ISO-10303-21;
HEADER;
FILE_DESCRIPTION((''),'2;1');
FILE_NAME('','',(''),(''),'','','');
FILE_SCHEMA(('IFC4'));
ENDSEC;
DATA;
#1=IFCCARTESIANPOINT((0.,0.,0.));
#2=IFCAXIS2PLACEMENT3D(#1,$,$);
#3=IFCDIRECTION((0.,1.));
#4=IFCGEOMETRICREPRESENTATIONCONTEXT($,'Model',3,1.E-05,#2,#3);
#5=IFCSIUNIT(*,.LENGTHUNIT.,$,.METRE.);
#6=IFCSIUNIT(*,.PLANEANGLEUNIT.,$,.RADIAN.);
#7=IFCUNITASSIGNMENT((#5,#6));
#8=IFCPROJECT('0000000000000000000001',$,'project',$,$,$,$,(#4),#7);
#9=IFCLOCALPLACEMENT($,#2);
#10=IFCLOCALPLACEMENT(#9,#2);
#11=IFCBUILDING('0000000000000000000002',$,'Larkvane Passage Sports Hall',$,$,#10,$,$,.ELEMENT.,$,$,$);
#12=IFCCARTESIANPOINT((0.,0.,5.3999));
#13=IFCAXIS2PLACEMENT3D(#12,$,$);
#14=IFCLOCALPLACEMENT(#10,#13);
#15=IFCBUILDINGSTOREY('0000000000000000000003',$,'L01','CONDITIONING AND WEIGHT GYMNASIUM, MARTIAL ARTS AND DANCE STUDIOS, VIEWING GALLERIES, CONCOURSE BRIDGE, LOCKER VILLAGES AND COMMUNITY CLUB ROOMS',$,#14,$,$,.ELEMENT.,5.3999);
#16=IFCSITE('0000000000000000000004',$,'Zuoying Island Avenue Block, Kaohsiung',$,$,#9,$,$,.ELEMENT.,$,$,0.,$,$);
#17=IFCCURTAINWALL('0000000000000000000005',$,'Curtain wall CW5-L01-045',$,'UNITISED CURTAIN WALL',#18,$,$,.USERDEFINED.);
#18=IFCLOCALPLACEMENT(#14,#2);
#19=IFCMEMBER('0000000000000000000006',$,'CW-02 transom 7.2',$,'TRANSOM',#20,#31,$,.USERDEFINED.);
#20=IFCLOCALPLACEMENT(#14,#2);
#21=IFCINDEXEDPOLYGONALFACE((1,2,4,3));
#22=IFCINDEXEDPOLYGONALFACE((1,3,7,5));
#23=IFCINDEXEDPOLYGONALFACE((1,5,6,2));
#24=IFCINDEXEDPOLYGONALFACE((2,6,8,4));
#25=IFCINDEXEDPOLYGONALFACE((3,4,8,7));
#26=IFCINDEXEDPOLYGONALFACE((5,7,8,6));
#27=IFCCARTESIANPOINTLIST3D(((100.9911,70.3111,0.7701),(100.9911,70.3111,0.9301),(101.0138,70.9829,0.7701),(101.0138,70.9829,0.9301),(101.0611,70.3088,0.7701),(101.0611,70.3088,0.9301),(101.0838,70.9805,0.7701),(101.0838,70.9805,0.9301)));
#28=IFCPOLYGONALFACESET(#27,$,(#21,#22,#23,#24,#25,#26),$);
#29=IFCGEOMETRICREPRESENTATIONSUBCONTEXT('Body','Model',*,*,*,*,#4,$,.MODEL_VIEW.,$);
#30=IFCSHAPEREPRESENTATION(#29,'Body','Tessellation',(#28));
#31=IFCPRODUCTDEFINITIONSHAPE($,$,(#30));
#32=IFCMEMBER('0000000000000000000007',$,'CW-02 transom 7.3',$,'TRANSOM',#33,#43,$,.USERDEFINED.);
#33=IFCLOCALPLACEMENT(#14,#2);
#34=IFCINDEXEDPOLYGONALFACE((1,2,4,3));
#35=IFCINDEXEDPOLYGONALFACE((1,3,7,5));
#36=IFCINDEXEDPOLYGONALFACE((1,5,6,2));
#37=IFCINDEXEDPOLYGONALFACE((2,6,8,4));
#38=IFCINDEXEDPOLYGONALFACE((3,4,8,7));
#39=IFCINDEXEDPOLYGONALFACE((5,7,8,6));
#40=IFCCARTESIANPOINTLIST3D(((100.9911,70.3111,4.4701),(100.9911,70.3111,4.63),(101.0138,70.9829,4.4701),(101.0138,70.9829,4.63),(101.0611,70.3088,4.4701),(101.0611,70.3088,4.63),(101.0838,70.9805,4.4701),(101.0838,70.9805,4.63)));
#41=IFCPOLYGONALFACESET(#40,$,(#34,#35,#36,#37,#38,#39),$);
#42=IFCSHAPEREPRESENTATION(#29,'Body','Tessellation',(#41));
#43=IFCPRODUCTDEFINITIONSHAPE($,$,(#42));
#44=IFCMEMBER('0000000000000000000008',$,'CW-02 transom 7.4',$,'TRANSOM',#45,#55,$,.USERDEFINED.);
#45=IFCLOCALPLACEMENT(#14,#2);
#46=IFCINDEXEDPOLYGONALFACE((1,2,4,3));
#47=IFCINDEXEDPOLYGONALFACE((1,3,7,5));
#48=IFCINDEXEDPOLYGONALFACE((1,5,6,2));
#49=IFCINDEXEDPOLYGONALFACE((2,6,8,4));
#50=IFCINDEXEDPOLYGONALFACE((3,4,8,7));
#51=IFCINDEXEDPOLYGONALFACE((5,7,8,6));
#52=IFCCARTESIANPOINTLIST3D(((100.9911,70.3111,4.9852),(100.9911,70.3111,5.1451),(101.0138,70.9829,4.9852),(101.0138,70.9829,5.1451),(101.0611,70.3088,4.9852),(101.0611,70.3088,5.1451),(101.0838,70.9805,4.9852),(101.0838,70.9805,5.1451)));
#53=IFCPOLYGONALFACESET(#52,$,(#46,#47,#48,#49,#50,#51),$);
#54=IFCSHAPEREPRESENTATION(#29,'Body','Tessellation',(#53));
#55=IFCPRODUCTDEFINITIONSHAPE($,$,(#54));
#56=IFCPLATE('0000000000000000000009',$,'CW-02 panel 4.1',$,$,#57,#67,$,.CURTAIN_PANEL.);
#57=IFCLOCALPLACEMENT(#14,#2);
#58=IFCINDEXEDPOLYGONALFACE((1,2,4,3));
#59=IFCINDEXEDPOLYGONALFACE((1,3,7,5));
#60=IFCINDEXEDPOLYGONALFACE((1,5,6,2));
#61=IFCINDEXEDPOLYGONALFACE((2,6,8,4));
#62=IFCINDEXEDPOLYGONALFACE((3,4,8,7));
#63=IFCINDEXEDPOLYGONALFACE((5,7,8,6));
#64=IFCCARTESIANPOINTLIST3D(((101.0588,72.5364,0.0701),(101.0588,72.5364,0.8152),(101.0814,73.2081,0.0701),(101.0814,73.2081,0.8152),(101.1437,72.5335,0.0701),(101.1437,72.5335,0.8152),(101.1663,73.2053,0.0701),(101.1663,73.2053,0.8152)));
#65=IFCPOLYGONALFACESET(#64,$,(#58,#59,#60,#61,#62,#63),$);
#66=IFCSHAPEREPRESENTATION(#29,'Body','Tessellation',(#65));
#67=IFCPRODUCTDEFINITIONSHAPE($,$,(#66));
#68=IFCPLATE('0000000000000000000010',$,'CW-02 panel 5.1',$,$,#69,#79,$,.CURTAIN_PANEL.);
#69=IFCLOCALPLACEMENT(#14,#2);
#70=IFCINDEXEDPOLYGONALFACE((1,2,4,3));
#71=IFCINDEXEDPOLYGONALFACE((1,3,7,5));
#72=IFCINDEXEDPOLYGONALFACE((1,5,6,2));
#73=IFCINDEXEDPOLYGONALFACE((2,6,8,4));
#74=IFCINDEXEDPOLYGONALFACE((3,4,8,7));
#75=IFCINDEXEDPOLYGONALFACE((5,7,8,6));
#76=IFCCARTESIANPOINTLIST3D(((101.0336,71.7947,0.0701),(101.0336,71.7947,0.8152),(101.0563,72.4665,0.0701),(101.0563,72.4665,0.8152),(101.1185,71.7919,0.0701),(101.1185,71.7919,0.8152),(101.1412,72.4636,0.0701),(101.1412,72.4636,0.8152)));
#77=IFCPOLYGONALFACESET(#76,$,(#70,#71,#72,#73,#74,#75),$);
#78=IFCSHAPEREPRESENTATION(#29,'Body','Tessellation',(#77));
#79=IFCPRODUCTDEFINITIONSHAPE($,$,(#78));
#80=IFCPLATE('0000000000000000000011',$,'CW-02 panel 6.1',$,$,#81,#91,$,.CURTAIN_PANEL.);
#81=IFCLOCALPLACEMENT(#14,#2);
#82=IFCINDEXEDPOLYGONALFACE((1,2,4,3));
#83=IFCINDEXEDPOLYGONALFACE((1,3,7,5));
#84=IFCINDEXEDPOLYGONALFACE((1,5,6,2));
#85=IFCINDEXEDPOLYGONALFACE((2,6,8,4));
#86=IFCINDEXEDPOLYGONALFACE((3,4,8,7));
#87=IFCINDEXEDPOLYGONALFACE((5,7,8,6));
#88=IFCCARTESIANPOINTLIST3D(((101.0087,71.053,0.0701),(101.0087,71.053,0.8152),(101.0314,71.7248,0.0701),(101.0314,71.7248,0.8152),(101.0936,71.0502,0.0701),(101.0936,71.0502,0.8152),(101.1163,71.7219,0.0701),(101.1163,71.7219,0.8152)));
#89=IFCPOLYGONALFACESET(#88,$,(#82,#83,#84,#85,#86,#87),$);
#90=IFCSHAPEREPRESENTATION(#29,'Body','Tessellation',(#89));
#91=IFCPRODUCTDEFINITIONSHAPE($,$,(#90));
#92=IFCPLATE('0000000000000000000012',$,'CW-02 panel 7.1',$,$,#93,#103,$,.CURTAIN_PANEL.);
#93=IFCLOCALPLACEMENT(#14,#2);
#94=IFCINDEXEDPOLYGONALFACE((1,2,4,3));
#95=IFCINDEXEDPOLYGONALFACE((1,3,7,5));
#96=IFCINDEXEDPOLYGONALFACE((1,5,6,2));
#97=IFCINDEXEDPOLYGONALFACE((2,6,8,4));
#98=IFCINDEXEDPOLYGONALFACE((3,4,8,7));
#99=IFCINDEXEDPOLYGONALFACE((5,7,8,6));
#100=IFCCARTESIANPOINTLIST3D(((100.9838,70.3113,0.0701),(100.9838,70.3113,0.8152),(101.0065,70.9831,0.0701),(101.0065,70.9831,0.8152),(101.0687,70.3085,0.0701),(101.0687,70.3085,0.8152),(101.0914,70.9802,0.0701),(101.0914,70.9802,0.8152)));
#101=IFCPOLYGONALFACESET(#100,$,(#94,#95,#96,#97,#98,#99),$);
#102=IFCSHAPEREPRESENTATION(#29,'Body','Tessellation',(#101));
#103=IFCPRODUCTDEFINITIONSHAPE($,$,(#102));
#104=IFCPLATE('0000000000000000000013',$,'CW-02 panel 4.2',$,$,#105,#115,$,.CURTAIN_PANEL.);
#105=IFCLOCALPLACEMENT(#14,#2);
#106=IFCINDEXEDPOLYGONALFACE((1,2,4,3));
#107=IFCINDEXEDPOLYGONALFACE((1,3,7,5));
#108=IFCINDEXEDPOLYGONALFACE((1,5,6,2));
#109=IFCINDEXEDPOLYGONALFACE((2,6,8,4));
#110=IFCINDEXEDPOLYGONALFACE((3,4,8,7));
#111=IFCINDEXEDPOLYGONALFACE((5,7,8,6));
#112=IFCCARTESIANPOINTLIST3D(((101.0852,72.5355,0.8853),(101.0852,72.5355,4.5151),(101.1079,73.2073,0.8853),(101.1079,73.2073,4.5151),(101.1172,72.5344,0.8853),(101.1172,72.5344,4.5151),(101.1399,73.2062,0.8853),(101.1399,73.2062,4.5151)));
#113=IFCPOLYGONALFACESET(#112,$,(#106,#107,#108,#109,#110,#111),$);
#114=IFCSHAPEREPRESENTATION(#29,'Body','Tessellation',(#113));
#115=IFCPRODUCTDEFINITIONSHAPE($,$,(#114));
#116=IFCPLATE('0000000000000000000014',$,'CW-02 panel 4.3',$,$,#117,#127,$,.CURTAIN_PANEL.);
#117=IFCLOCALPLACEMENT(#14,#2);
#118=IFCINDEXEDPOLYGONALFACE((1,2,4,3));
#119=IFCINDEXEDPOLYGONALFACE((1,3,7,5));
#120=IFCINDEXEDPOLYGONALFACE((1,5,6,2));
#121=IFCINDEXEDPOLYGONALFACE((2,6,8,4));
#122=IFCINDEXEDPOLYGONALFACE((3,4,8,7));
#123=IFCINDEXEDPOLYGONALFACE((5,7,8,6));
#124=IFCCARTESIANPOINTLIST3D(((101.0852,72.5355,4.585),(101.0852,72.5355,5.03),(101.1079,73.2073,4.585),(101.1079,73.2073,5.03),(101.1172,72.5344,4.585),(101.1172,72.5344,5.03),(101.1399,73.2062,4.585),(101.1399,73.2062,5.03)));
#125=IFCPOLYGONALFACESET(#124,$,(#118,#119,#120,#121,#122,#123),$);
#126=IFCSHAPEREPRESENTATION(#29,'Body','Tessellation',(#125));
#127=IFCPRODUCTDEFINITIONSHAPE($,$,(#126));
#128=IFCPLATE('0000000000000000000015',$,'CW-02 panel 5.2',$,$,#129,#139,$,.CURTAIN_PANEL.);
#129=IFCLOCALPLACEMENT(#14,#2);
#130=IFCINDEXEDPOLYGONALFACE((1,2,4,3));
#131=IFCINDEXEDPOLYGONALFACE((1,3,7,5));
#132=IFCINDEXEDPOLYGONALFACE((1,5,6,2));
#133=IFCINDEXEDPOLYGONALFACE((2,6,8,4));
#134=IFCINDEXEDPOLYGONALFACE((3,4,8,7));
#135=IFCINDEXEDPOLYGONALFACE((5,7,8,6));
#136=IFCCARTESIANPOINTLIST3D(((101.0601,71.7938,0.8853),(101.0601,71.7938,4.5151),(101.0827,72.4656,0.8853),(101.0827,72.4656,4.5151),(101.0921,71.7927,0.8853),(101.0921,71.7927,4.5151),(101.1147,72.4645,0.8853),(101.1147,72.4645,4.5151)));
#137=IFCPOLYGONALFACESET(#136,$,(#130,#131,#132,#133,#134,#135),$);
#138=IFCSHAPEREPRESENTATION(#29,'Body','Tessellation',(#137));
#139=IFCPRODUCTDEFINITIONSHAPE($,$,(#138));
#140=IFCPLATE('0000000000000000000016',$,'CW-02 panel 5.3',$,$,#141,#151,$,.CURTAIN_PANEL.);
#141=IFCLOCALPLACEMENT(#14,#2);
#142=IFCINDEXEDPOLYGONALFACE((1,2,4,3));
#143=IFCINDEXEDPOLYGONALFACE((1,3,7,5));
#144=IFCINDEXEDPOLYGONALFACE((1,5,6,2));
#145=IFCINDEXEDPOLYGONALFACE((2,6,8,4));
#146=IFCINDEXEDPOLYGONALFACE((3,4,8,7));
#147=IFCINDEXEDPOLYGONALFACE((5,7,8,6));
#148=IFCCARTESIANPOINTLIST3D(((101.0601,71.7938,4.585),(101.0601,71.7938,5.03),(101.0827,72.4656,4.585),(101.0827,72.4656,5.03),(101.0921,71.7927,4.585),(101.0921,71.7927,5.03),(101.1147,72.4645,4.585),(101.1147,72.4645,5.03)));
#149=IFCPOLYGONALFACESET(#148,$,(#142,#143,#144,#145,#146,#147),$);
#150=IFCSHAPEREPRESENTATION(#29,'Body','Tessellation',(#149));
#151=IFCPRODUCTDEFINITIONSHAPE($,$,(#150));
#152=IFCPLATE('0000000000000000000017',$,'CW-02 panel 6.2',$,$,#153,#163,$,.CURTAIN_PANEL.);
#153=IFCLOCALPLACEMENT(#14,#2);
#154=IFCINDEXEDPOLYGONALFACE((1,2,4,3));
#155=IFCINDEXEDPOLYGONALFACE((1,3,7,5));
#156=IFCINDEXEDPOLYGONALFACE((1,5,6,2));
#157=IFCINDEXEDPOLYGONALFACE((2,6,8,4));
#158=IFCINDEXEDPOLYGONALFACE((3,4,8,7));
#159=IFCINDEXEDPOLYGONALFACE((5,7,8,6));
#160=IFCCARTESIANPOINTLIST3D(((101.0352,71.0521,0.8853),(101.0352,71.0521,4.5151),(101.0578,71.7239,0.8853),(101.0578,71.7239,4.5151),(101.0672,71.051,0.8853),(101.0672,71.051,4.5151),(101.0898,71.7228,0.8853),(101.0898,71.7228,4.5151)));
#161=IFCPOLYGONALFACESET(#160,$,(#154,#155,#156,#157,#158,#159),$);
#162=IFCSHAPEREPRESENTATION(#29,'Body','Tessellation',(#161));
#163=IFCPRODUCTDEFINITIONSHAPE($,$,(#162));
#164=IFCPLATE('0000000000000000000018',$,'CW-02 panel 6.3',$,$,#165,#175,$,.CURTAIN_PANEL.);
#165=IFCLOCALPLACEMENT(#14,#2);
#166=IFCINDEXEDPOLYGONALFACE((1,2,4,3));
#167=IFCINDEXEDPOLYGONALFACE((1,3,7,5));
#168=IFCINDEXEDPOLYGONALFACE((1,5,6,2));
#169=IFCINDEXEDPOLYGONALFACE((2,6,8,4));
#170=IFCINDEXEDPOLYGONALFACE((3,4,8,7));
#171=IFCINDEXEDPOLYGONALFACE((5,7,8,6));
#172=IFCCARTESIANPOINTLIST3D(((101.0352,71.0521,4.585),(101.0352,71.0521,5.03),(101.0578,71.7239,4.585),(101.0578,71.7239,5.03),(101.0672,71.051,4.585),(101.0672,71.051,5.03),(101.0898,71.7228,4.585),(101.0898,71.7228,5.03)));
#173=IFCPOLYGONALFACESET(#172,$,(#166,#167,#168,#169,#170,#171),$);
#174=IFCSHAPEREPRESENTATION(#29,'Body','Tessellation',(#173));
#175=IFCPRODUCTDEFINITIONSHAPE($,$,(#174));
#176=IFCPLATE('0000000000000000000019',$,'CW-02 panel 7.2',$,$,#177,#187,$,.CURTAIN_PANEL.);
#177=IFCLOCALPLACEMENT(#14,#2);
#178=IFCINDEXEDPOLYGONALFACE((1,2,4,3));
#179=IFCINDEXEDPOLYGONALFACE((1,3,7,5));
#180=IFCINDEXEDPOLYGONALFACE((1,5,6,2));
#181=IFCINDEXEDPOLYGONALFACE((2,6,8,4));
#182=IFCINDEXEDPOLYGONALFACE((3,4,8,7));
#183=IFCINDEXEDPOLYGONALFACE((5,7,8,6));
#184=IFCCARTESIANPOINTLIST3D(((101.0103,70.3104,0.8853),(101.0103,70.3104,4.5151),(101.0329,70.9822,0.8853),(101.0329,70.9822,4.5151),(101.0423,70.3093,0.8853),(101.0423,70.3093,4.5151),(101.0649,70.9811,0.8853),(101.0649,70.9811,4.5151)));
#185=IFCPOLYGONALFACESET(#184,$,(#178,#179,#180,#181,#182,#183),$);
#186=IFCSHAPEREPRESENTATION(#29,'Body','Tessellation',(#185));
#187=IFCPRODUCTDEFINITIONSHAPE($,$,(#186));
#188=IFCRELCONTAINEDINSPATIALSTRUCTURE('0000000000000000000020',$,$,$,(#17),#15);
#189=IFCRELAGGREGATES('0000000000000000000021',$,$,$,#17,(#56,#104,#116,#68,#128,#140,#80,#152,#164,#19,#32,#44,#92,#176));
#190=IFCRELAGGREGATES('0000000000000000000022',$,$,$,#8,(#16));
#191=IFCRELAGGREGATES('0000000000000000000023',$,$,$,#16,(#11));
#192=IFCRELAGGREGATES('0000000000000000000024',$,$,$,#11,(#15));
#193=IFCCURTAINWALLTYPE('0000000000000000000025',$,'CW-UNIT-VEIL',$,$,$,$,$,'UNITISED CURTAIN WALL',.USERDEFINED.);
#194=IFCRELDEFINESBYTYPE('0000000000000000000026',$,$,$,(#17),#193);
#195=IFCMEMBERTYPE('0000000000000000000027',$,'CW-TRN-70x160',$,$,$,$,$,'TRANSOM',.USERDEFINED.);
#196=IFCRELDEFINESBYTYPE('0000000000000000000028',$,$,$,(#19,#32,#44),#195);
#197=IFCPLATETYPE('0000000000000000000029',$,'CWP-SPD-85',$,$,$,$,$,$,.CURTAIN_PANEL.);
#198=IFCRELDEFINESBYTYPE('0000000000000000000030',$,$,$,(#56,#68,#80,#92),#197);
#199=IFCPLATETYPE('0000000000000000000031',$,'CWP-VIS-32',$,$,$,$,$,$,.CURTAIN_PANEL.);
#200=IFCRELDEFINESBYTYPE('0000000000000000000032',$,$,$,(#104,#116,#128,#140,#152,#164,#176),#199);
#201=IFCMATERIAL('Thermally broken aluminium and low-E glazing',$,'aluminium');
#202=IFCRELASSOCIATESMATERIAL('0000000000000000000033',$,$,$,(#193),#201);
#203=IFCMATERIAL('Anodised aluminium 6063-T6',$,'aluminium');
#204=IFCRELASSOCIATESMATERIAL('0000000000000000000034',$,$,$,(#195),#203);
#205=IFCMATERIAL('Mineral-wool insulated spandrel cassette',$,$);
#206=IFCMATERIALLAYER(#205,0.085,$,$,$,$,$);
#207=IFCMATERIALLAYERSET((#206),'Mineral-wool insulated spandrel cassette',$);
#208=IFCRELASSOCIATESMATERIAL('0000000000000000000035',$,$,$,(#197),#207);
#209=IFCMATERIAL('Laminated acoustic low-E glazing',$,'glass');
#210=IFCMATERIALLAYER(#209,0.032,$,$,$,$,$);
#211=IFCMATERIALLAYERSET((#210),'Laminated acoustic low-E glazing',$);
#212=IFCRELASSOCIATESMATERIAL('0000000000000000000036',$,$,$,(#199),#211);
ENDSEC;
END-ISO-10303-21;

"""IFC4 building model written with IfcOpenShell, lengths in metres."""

from ifc_helpers import new_model, si_unit, direction, frame, origin, origin_2d, place, context, subcontext, project, spatial, rectangle, extrude, material, layer, layer_set, material_profile, profile_set, type_object, element, aggregate, save


model = new_model("IFC4")

# Units and contexts
model_context = context("Model", 3, precision=1e-05, world=origin(), true_north=direction((0.0, 1.0)))
body_context = subcontext(model_context, "Body", "Model", "MODEL_VIEW")
ifc_project = project(units=[si_unit("LENGTHUNIT", "METRE"), si_unit("PLANEANGLEUNIT", "RADIAN")], contexts=[model_context])

# Site, building, storey
site_placement = place(None, origin())
site = spatial("IfcSite", under=ifc_project, at=site_placement, Name="Zuoying Island Avenue Block, Kaohsiung", CompositionType="ELEMENT", RefElevation=0.0)
building_placement = place(site_placement, origin())
building = spatial("IfcBuilding", under=site, at=building_placement, Name="Larkvane Passage Sports Hall", CompositionType="ELEMENT")
storey_placement = place(building_placement, frame((0.0, 0.0, 5.3999)))
storey = spatial("IfcBuildingStorey", under=building, at=storey_placement, Name="L01", Description="CONDITIONING AND WEIGHT GYMNASIUM, MARTIAL ARTS AND DANCE STUDIOS, VIEWING GALLERIES, CONCOURSE BRIDGE, LOCKER VILLAGES AND COMMUNITY CLUB ROOMS", CompositionType="ELEMENT", Elevation=5.3999)

# Curtain wall, members, plates
ifc_material_1 = material(Name="Thermally broken aluminium and low-E glazing", Category="aluminium")
curtain_wall_type = type_object("IfcCurtainWallType", Name="CW-UNIT-VEIL", ElementType="UNITISED CURTAIN WALL", PredefinedType="USERDEFINED", material=ifc_material_1)
curtain_wall_placement = place(storey_placement, origin())
curtain_wall = element("IfcCurtainWall", 1, at=curtain_wall_placement, inside=storey, type_object=curtain_wall_type, Name="Curtain wall CW5-L01-045", ObjectType="UNITISED CURTAIN WALL", PredefinedType="USERDEFINED")
ifc_material_2 = material(Name="Anodised aluminium 6063-T6", Category="aluminium")
ifc_material_profile_1 = material_profile(ifc_material_2, rectangle(XDim=0.0701, YDim=0.1599, at=origin_2d()), Name="ALU-TRN-70x160")
ifc_profile_set_1 = profile_set([ifc_material_profile_1], Name="Anodised aluminium 6063-T6")
member_type_1 = type_object("IfcMemberType", Name="CW-TRN-70x160", ElementType="TRANSOM", PredefinedType="USERDEFINED", material=ifc_profile_set_1)
member_1_placement = place(storey_placement, frame((101.0488, 70.9817, 0.8501), z_axis=(-0.033787, -0.999429, 0.0), x_axis=(0.999429, -0.033787, 0.0)))
member_1 = element("IfcMember", 2, at=member_1_placement, type_object=member_type_1, Name="CW-02 transom 7.2", ObjectType="TRANSOM", PredefinedType="USERDEFINED", context=body_context, shape_type="SweptSolid", body=[
    extrude(rectangle(XDim=0.0701, YDim=0.1599, at=origin_2d()), origin(), (0.0, 0.0, 1.0), 0.6721),
])
member_2_placement = place(storey_placement, frame((101.0488, 70.9817, 4.55), z_axis=(-0.033787, -0.999429, 0.0), x_axis=(0.999429, -0.033787, 0.0)))
member_2 = element("IfcMember", 3, at=member_2_placement, type_object=member_type_1, Name="CW-02 transom 7.3", ObjectType="TRANSOM", PredefinedType="USERDEFINED", context=body_context, shape_type="SweptSolid", body=[
    extrude(rectangle(XDim=0.0701, YDim=0.1599, at=origin_2d()), origin(), (0.0, 0.0, 1.0), 0.6721),
])
member_3_placement = place(storey_placement, frame((101.0488, 70.9817, 5.0652), z_axis=(-0.033787, -0.999429, 0.0), x_axis=(0.999429, -0.033787, 0.0)))
member_3 = element("IfcMember", 4, at=member_3_placement, type_object=member_type_1, Name="CW-02 transom 7.4", ObjectType="TRANSOM", PredefinedType="USERDEFINED", context=body_context, shape_type="SweptSolid", body=[
    extrude(rectangle(XDim=0.0701, YDim=0.1599, at=origin_2d()), origin(), (0.0, 0.0, 1.0), 0.6721),
])
ifc_material_3 = material(Name="Mineral-wool insulated spandrel cassette")
ifc_layer_1 = layer(ifc_material_3, 0.085)
ifc_layer_set_1 = layer_set([ifc_layer_1], Name="Mineral-wool insulated spandrel cassette")
plate_type_1 = type_object("IfcPlateType", Name="CWP-SPD-85", PredefinedType="CURTAIN_PANEL", material=ifc_layer_set_1)
plate_1_placement = place(storey_placement, frame((101.1125, 72.8708, 0.0701), z_axis=(0.0, 0.0, 1.0), x_axis=(-0.033688, -0.999432, 0.0)))
plate_1 = element("IfcPlate", 5, at=plate_1_placement, type_object=plate_type_1, Name="CW-02 panel 4.1", PredefinedType="CURTAIN_PANEL", context=body_context, shape_type="SweptSolid", body=[
    extrude(rectangle(XDim=0.6721, YDim=0.085, at=origin_2d()), origin(), (0.0, 0.0, 1.0), 0.7451),
])
plate_2_placement = place(storey_placement, frame((101.0874, 72.1292, 0.0701), z_axis=(0.0, 0.0, 1.0), x_axis=(-0.033688, -0.999432, 0.0)))
plate_2 = element("IfcPlate", 6, at=plate_2_placement, type_object=plate_type_1, Name="CW-02 panel 5.1", PredefinedType="CURTAIN_PANEL", context=body_context, shape_type="SweptSolid", body=[
    extrude(rectangle(XDim=0.6721, YDim=0.085, at=origin_2d()), origin(), (0.0, 0.0, 1.0), 0.7451),
])
plate_3_placement = place(storey_placement, frame((101.0625, 71.3875, 0.0701), z_axis=(0.0, 0.0, 1.0), x_axis=(-0.033688, -0.999432, 0.0)))
plate_3 = element("IfcPlate", 7, at=plate_3_placement, type_object=plate_type_1, Name="CW-02 panel 6.1", PredefinedType="CURTAIN_PANEL", context=body_context, shape_type="SweptSolid", body=[
    extrude(rectangle(XDim=0.6721, YDim=0.085, at=origin_2d()), origin(), (0.0, 0.0, 1.0), 0.7451),
])
plate_4_placement = place(storey_placement, frame((101.0376, 70.6458, 0.0701), z_axis=(0.0, 0.0, 1.0), x_axis=(-0.033688, -0.999432, 0.0)))
plate_4 = element("IfcPlate", 8, at=plate_4_placement, type_object=plate_type_1, Name="CW-02 panel 7.1", PredefinedType="CURTAIN_PANEL", context=body_context, shape_type="SweptSolid", body=[
    extrude(rectangle(XDim=0.6721, YDim=0.085, at=origin_2d()), origin(), (0.0, 0.0, 1.0), 0.7451),
])
ifc_material_4 = material(Name="Laminated acoustic low-E glazing", Category="glass")
ifc_layer_2 = layer(ifc_material_4, 0.032)
ifc_layer_set_2 = layer_set([ifc_layer_2], Name="Laminated acoustic low-E glazing")
plate_type_2 = type_object("IfcPlateType", Name="CWP-VIS-32", PredefinedType="CURTAIN_PANEL", material=ifc_layer_set_2)
plate_5_placement = place(storey_placement, frame((101.1125, 72.8708, 0.8853), z_axis=(0.0, 0.0, 1.0), x_axis=(-0.033688, -0.999432, 0.0)))
plate_5 = element("IfcPlate", 9, at=plate_5_placement, type_object=plate_type_2, Name="CW-02 panel 4.2", PredefinedType="CURTAIN_PANEL", context=body_context, shape_type="SweptSolid", body=[
    extrude(rectangle(XDim=0.6721, YDim=0.032, at=origin_2d()), origin(), (0.0, 0.0, 1.0), 3.6299),
])
plate_6_placement = place(storey_placement, frame((101.1125, 72.8708, 4.585), z_axis=(0.0, 0.0, 1.0), x_axis=(-0.033688, -0.999432, 0.0)))
plate_6 = element("IfcPlate", 10, at=plate_6_placement, type_object=plate_type_2, Name="CW-02 panel 4.3", PredefinedType="CURTAIN_PANEL", context=body_context, shape_type="SweptSolid", body=[
    extrude(rectangle(XDim=0.6721, YDim=0.032, at=origin_2d()), origin(), (0.0, 0.0, 1.0), 0.4451),
])
plate_7_placement = place(storey_placement, frame((101.0874, 72.1292, 0.8853), z_axis=(0.0, 0.0, 1.0), x_axis=(-0.033688, -0.999432, 0.0)))
plate_7 = element("IfcPlate", 11, at=plate_7_placement, type_object=plate_type_2, Name="CW-02 panel 5.2", PredefinedType="CURTAIN_PANEL", context=body_context, shape_type="SweptSolid", body=[
    extrude(rectangle(XDim=0.6721, YDim=0.032, at=origin_2d()), origin(), (0.0, 0.0, 1.0), 3.6299),
])
plate_8_placement = place(storey_placement, frame((101.0874, 72.1292, 4.585), z_axis=(0.0, 0.0, 1.0), x_axis=(-0.033688, -0.999432, 0.0)))
plate_8 = element("IfcPlate", 12, at=plate_8_placement, type_object=plate_type_2, Name="CW-02 panel 5.3", PredefinedType="CURTAIN_PANEL", context=body_context, shape_type="SweptSolid", body=[
    extrude(rectangle(XDim=0.6721, YDim=0.032, at=origin_2d()), origin(), (0.0, 0.0, 1.0), 0.4451),
])
plate_9_placement = place(storey_placement, frame((101.0625, 71.3875, 0.8853), z_axis=(0.0, 0.0, 1.0), x_axis=(-0.033688, -0.999432, 0.0)))
plate_9 = element("IfcPlate", 13, at=plate_9_placement, type_object=plate_type_2, Name="CW-02 panel 6.2", PredefinedType="CURTAIN_PANEL", context=body_context, shape_type="SweptSolid", body=[
    extrude(rectangle(XDim=0.6721, YDim=0.032, at=origin_2d()), origin(), (0.0, 0.0, 1.0), 3.6299),
])
plate_10_placement = place(storey_placement, frame((101.0625, 71.3875, 4.585), z_axis=(0.0, 0.0, 1.0), x_axis=(-0.033688, -0.999432, 0.0)))
plate_10 = element("IfcPlate", 14, at=plate_10_placement, type_object=plate_type_2, Name="CW-02 panel 6.3", PredefinedType="CURTAIN_PANEL", context=body_context, shape_type="SweptSolid", body=[
    extrude(rectangle(XDim=0.6721, YDim=0.032, at=origin_2d()), origin(), (0.0, 0.0, 1.0), 0.4451),
])
plate_11_placement = place(storey_placement, frame((101.0376, 70.6458, 0.8853), z_axis=(0.0, 0.0, 1.0), x_axis=(-0.033688, -0.999432, 0.0)))
plate_11 = element("IfcPlate", 15, at=plate_11_placement, type_object=plate_type_2, Name="CW-02 panel 7.2", PredefinedType="CURTAIN_PANEL", context=body_context, shape_type="SweptSolid", body=[
    extrude(rectangle(XDim=0.6721, YDim=0.032, at=origin_2d()), origin(), (0.0, 0.0, 1.0), 3.6299),
])
aggregate(curtain_wall, [plate_1, plate_5, plate_6, plate_2, plate_7, plate_8, plate_3, plate_9, plate_10, member_1, member_2, member_3, plate_4, plate_11])

save(model, "model.ifc")
